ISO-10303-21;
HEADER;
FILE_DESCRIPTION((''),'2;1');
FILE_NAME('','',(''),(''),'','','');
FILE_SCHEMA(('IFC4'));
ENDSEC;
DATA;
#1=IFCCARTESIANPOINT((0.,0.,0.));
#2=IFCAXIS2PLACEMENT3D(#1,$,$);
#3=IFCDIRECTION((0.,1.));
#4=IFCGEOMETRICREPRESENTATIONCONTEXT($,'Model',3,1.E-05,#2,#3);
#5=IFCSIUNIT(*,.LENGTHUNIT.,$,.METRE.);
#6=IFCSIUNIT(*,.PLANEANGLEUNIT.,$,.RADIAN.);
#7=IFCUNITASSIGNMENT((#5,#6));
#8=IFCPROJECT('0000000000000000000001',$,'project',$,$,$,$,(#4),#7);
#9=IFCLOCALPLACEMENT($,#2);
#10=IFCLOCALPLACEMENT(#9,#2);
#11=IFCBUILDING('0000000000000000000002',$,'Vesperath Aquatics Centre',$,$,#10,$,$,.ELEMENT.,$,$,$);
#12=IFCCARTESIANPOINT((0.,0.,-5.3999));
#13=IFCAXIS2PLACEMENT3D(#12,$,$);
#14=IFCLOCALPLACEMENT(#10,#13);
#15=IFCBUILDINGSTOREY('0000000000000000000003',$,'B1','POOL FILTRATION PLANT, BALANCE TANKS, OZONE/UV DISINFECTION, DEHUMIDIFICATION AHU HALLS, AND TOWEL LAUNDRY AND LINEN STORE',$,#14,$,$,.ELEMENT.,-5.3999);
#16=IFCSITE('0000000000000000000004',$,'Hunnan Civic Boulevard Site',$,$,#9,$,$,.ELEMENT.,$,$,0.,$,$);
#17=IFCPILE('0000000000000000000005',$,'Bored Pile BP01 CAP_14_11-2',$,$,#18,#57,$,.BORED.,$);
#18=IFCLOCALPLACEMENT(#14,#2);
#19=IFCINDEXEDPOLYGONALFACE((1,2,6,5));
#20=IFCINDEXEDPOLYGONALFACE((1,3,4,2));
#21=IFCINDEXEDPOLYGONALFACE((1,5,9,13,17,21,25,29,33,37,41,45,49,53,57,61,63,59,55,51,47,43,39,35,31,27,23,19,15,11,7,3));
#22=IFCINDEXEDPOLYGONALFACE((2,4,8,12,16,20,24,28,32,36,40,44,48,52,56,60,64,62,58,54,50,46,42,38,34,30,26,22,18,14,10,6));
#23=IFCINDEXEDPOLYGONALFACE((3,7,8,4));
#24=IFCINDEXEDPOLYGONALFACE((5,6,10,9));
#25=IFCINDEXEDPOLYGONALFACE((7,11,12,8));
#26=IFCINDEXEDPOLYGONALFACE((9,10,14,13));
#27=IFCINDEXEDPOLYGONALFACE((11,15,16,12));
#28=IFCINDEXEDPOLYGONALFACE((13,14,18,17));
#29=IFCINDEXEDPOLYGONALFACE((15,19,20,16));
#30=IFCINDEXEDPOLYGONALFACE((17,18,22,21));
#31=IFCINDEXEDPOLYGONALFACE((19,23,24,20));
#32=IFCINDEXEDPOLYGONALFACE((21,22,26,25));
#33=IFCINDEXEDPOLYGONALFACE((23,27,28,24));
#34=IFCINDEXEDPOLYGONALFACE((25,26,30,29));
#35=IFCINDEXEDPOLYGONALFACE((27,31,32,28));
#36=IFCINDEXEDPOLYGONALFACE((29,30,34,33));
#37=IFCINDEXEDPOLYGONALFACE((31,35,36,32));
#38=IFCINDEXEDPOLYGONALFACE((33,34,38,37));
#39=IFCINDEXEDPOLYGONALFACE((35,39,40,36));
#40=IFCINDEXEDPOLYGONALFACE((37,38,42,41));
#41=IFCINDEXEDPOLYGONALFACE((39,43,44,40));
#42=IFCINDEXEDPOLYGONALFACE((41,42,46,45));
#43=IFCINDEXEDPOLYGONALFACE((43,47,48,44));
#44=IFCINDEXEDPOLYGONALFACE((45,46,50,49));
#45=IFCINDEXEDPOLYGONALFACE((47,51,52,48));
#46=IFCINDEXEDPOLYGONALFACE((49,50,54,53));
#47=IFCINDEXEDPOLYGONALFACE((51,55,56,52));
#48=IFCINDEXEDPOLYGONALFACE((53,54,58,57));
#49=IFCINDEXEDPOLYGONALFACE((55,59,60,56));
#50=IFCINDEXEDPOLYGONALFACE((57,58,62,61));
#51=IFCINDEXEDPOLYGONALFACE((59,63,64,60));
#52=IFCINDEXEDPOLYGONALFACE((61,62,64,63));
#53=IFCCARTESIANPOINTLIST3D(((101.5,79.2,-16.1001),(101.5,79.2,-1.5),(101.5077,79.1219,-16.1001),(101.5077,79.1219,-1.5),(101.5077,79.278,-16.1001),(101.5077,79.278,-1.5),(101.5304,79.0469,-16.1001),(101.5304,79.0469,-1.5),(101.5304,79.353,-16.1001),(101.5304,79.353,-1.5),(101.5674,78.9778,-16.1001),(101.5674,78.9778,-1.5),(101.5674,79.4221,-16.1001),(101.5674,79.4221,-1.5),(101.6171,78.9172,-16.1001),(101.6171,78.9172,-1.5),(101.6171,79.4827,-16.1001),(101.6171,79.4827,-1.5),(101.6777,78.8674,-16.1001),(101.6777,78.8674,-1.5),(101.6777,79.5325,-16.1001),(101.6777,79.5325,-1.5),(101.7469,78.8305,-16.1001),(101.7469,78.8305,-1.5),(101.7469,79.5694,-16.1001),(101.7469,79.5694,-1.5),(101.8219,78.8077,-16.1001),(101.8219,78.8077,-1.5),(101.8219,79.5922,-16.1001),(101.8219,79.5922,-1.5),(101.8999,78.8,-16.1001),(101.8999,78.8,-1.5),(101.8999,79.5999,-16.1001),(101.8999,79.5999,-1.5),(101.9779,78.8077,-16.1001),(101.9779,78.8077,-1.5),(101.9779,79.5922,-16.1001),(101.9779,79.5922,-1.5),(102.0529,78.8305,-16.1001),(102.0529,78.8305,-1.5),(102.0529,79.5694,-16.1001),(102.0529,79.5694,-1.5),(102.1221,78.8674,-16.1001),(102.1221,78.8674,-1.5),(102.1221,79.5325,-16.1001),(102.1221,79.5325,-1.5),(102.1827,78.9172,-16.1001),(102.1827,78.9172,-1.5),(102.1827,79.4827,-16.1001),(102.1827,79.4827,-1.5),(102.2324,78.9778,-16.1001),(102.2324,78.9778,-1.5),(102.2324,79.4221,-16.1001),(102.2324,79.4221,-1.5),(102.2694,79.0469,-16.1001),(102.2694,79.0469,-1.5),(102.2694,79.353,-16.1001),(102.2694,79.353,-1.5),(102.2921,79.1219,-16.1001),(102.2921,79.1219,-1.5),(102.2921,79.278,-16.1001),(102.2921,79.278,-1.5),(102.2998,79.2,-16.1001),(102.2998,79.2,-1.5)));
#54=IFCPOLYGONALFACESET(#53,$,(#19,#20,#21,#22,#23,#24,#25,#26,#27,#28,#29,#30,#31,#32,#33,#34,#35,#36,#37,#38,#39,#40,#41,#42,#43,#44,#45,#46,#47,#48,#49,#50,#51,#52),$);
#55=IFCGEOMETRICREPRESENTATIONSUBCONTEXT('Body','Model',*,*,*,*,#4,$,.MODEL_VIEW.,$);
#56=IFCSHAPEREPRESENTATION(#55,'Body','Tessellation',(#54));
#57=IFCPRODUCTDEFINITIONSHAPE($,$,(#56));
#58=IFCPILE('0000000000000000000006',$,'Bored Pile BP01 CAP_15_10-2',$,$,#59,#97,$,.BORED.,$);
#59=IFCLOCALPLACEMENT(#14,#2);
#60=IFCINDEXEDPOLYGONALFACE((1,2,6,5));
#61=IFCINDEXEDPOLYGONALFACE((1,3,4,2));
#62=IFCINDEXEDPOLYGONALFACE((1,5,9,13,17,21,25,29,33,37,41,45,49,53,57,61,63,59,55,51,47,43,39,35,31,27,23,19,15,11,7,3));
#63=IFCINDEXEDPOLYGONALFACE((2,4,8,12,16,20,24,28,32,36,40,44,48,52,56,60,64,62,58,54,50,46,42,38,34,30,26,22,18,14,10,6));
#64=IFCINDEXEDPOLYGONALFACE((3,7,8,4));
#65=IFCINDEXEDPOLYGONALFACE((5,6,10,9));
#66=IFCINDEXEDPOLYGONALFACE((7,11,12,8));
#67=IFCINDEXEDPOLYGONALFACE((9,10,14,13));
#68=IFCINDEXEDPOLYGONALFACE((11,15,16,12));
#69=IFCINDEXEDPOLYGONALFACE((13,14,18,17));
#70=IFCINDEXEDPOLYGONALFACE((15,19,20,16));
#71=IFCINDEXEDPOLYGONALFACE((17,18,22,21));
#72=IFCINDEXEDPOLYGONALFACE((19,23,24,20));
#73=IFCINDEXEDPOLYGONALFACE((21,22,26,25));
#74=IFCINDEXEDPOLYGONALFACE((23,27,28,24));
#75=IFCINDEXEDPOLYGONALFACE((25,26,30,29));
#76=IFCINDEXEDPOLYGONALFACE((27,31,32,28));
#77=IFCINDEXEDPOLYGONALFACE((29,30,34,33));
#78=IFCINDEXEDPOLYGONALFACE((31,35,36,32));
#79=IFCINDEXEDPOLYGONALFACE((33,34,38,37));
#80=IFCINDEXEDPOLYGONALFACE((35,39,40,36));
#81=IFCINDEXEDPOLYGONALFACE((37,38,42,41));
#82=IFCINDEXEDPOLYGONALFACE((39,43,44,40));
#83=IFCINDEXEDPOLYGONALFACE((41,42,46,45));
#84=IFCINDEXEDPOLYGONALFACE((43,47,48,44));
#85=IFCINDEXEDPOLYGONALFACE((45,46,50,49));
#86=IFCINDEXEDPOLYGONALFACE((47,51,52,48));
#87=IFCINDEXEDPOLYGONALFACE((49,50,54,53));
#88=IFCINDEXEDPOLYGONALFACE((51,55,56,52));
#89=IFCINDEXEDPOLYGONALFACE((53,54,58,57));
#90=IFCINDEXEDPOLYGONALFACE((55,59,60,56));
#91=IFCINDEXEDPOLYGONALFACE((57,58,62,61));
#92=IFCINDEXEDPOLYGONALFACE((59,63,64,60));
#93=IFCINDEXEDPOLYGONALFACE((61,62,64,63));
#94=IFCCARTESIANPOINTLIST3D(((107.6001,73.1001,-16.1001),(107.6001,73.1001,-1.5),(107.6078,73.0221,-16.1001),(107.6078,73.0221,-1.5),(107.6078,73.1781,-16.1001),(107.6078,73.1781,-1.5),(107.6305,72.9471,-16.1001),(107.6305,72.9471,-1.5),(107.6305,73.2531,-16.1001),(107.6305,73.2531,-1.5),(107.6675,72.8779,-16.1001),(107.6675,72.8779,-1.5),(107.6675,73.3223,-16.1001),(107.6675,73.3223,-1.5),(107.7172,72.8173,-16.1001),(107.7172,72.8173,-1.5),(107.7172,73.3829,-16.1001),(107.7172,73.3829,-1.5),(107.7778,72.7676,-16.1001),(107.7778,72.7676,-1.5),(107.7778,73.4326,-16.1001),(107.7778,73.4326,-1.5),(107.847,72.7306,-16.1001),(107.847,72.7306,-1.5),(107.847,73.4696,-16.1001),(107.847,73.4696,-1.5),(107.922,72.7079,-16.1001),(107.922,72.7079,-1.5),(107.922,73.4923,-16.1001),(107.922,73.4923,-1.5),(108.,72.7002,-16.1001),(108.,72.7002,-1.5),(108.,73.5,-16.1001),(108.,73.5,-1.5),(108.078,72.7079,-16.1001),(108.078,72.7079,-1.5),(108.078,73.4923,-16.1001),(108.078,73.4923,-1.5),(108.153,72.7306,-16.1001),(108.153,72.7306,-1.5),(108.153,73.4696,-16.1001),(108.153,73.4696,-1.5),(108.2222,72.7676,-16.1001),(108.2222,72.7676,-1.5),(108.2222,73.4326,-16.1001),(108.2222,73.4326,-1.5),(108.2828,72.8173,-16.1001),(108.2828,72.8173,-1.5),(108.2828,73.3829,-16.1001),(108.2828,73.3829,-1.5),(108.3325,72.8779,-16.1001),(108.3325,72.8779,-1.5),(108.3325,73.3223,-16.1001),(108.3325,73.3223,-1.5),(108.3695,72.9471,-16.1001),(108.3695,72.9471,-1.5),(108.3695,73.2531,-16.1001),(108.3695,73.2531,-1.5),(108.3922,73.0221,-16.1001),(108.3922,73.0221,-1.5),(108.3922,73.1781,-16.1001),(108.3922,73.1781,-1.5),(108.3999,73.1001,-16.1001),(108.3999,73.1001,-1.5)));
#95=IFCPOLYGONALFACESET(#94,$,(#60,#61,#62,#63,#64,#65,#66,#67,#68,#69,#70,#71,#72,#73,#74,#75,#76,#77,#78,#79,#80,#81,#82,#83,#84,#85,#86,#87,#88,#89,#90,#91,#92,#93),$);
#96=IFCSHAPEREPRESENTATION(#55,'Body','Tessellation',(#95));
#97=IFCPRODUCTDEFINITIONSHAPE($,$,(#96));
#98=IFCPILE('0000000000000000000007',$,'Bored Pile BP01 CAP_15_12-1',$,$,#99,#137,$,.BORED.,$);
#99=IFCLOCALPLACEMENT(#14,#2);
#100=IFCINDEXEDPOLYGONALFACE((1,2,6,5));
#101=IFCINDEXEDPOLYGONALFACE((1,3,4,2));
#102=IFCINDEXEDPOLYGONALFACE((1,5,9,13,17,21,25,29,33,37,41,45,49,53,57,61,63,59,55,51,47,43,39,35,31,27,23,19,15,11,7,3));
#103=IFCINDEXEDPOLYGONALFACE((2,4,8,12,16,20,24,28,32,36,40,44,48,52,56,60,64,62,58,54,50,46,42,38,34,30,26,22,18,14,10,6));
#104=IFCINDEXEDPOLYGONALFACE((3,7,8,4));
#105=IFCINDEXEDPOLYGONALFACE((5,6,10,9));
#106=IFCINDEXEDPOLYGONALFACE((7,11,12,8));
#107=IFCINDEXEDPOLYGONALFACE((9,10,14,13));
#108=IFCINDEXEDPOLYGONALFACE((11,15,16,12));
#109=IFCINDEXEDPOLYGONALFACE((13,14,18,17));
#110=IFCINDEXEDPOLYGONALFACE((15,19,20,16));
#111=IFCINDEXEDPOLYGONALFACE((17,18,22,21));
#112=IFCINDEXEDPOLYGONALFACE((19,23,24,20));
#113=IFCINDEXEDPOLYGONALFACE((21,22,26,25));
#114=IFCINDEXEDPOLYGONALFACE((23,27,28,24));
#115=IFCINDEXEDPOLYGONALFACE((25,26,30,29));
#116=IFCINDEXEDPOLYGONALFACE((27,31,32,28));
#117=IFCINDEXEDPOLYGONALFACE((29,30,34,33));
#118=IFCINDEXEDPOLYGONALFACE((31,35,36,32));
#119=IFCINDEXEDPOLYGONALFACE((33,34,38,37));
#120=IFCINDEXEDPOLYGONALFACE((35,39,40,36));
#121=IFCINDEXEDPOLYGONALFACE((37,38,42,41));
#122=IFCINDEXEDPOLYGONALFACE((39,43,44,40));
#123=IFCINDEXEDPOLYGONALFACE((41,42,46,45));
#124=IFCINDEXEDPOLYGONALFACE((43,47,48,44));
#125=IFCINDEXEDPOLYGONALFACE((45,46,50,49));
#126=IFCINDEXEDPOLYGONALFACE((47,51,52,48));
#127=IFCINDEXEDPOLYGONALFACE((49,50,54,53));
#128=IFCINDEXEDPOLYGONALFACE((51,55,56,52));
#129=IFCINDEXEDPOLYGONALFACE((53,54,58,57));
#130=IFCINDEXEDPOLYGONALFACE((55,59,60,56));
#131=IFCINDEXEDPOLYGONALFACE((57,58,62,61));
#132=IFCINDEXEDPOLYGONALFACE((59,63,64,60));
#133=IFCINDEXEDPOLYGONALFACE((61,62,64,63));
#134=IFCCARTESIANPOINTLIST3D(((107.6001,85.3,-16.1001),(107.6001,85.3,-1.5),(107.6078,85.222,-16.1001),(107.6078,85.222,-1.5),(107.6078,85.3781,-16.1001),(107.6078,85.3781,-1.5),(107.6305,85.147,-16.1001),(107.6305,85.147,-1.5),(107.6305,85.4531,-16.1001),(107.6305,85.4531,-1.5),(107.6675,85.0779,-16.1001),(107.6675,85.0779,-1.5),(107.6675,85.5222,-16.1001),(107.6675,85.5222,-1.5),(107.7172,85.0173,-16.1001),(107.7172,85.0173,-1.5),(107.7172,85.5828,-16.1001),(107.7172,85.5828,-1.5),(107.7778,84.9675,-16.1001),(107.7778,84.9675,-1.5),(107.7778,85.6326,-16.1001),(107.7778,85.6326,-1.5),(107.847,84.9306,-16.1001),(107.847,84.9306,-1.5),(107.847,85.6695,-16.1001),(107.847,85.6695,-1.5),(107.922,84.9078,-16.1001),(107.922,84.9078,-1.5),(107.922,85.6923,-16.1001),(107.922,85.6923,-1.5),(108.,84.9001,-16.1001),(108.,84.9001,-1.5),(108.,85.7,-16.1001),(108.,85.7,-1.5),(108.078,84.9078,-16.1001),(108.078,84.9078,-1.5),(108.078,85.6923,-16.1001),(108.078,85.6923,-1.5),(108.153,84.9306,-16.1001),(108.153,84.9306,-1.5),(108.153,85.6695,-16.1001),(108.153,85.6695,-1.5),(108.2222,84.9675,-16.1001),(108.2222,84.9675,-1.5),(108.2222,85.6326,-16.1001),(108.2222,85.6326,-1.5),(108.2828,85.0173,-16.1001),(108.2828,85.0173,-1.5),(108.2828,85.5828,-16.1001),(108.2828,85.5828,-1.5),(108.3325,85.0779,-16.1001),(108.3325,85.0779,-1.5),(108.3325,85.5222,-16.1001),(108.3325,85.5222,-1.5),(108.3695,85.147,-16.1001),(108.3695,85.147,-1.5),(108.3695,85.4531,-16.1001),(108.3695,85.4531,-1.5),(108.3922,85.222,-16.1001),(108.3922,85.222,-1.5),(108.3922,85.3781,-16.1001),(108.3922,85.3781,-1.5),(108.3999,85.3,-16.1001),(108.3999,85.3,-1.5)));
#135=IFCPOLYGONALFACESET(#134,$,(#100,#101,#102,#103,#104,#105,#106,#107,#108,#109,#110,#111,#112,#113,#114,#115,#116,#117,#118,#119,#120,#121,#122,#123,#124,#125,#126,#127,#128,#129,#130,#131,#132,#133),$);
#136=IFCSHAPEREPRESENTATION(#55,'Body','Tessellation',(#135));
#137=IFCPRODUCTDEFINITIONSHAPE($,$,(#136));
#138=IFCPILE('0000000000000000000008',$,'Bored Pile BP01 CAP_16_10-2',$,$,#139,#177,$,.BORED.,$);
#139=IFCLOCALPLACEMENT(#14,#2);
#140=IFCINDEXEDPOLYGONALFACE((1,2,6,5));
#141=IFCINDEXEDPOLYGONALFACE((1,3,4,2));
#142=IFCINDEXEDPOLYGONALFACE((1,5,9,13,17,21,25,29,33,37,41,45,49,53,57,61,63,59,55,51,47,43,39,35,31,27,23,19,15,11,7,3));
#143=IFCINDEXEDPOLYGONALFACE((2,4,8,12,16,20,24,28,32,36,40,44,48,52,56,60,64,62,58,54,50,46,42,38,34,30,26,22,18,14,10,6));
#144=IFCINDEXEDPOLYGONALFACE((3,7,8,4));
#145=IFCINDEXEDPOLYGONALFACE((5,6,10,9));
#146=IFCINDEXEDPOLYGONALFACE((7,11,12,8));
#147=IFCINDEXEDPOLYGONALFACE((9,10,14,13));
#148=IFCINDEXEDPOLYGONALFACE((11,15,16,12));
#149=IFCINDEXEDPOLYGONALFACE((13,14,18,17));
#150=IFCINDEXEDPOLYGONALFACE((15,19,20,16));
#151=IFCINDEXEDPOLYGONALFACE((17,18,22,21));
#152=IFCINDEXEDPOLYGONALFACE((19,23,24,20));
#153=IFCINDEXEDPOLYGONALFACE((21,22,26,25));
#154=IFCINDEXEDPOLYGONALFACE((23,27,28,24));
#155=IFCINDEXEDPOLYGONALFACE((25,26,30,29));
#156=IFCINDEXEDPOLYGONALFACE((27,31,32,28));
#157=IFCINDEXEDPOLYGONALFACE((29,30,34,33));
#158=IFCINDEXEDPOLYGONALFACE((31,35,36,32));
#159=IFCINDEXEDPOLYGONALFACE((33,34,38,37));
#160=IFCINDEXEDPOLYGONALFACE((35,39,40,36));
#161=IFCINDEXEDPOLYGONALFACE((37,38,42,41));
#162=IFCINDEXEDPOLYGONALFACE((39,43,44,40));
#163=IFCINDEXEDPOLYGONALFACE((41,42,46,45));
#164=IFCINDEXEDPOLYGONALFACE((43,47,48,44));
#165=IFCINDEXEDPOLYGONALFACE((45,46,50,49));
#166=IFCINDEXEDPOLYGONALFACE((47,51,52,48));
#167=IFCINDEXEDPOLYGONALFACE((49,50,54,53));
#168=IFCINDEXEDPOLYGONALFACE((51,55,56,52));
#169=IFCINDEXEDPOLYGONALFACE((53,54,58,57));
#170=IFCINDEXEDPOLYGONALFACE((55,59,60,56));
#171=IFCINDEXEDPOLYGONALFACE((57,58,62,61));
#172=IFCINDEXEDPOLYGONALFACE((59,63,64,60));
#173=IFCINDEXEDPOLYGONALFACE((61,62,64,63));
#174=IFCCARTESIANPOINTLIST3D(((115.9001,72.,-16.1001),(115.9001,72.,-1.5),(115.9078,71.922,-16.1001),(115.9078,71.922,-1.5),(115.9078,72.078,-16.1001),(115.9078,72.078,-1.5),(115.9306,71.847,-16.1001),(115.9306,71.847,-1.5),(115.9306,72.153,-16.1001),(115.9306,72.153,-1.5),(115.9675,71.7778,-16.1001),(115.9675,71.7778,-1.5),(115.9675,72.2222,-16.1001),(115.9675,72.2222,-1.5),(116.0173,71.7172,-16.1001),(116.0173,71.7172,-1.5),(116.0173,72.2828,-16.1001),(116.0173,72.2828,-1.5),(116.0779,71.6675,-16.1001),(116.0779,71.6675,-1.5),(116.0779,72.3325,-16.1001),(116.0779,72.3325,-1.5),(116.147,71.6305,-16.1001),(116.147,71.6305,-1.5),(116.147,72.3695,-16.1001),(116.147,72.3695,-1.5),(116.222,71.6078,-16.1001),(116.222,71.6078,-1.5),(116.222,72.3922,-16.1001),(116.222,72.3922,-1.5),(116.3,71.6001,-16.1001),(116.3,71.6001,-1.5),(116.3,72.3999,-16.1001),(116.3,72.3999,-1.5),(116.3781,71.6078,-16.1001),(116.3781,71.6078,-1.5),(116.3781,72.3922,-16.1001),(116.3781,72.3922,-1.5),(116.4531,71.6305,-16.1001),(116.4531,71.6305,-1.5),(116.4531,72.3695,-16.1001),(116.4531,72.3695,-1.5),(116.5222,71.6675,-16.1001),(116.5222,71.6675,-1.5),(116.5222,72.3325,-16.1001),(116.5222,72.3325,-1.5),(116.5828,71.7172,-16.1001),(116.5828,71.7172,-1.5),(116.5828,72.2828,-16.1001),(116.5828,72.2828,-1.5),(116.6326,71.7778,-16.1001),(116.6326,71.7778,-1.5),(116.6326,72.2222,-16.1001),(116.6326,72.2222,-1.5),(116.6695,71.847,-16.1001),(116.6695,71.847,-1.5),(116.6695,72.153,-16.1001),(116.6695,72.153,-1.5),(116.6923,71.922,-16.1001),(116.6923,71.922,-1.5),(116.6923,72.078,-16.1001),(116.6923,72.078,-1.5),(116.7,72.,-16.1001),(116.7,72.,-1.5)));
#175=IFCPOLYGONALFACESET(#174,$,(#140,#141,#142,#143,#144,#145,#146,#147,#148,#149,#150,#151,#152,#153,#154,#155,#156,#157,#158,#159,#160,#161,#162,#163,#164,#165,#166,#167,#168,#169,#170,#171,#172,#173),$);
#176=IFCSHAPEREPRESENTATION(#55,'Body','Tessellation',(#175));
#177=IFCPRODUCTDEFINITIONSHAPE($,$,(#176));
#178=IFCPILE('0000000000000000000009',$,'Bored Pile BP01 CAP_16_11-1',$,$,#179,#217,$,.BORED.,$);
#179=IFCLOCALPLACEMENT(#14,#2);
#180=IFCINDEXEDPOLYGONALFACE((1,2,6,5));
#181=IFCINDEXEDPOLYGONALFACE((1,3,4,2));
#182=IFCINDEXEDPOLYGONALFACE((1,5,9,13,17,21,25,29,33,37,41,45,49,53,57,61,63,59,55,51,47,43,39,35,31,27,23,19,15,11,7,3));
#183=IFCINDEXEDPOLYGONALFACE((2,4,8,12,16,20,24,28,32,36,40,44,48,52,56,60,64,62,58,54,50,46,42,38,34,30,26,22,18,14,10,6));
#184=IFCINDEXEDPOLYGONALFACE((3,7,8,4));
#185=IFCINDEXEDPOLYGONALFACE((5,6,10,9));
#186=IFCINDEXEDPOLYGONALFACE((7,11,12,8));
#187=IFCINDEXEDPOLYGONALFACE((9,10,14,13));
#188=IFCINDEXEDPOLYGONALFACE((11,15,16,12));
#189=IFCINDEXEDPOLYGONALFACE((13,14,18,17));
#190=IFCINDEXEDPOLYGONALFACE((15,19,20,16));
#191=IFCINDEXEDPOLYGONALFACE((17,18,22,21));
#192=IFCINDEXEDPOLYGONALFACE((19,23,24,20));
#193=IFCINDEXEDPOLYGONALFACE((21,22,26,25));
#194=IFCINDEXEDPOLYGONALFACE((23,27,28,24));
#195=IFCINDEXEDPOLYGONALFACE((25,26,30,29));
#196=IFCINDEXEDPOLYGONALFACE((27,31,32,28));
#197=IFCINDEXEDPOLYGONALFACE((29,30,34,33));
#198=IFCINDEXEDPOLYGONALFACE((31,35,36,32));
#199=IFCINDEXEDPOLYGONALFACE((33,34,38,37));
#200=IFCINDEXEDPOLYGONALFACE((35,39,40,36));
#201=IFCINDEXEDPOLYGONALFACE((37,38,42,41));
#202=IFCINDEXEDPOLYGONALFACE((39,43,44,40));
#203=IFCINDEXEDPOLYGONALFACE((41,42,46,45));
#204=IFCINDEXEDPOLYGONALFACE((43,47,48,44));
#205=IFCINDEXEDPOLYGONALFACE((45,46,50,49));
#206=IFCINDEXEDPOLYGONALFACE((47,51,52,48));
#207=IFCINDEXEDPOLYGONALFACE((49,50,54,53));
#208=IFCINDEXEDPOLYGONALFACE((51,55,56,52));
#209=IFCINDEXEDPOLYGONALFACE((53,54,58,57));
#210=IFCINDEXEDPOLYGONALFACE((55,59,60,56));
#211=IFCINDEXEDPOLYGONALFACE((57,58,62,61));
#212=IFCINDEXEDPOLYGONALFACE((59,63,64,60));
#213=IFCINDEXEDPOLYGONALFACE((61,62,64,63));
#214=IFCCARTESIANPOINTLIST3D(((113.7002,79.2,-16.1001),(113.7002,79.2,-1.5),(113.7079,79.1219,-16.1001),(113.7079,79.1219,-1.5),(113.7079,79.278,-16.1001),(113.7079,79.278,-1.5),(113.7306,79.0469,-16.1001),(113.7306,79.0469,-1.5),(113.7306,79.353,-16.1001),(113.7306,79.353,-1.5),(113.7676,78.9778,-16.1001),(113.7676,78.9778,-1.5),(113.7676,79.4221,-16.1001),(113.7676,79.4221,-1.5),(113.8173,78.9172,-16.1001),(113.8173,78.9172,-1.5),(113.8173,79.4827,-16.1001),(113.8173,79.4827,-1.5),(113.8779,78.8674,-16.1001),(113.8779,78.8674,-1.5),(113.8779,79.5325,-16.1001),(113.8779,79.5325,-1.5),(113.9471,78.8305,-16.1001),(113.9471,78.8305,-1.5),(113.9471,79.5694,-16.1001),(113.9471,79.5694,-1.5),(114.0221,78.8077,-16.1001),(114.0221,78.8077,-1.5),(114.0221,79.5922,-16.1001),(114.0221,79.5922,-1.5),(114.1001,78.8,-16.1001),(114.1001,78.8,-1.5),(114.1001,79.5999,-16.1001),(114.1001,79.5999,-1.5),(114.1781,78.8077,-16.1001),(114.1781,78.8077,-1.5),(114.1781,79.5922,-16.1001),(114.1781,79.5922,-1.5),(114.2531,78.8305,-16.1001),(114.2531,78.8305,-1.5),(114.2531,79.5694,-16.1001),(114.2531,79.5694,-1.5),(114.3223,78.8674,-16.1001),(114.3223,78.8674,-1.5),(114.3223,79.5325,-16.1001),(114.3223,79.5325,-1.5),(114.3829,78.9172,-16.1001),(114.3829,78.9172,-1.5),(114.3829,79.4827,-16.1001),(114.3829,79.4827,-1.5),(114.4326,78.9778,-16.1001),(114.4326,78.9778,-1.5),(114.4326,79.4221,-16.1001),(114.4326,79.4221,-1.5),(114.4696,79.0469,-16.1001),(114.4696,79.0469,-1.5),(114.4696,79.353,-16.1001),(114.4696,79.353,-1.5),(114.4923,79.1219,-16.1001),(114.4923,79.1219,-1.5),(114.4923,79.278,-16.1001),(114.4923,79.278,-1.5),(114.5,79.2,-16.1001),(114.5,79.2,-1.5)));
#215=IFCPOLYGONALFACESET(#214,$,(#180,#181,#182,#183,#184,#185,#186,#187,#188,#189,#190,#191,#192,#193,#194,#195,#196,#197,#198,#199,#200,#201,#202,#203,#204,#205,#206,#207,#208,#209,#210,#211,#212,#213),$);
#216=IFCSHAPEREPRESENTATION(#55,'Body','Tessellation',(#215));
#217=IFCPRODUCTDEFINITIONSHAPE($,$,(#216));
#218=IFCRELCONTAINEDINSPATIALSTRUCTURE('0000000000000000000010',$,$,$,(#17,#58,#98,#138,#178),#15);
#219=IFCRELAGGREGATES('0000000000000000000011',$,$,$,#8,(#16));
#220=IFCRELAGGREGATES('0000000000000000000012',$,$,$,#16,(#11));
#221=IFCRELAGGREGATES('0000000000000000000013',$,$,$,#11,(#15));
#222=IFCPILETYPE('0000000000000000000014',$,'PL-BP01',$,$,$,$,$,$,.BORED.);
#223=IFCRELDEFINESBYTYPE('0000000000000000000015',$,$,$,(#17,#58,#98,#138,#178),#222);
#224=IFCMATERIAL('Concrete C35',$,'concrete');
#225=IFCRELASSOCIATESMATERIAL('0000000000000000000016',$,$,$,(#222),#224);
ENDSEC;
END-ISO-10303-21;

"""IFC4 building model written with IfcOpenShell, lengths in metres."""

from ifc_helpers import new_model, si_unit, direction, frame, origin, origin_2d, place, context, subcontext, project, spatial, circle, extrude, material, material_profile, profile_set, type_object, element, save


model = new_model("IFC4")

# Units and contexts
model_context = context("Model", 3, precision=1e-05, world=origin(), true_north=direction((0.0, 1.0)))
body_context = subcontext(model_context, "Body", "Model", "MODEL_VIEW")
ifc_project = project(units=[si_unit("LENGTHUNIT", "METRE"), si_unit("PLANEANGLEUNIT", "RADIAN")], contexts=[model_context])

# Site, building, storey
site_placement = place(None, origin())
site = spatial("IfcSite", under=ifc_project, at=site_placement, Name="Hunnan Civic Boulevard Site", CompositionType="ELEMENT", RefElevation=0.0)
building_placement = place(site_placement, origin())
building = spatial("IfcBuilding", under=site, at=building_placement, Name="Vesperath Aquatics Centre", CompositionType="ELEMENT")
storey_placement = place(building_placement, frame((0.0, 0.0, -5.3999)))
storey = spatial("IfcBuildingStorey", under=building, at=storey_placement, Name="B1", Description="POOL FILTRATION PLANT, BALANCE TANKS, OZONE/UV DISINFECTION, DEHUMIDIFICATION AHU HALLS, AND TOWEL LAUNDRY AND LINEN STORE", CompositionType="ELEMENT", Elevation=-5.3999)

# Piles
ifc_material_1 = material(Name="Concrete C35", Category="concrete")
ifc_material_profile_1 = material_profile(ifc_material_1, circle(Radius=0.3999, at=origin_2d()), Name="PILE D800")
ifc_profile_set_1 = profile_set([ifc_material_profile_1], Name="Concrete C35")
pile_type_1 = type_object("IfcPileType", Name="PL-BP01", PredefinedType="BORED", material=ifc_profile_set_1)
for number, where, z_axis, x_axis, name in (
    (1, (101.8999, 79.2, -1.5), (0.0, 0.0, -1.0), (1.0, 0.0, 0.0), "Bored Pile BP01 CAP_14_11-2"),
    (2, (108.0, 73.1001, -1.5), (0.0, 0.0, -1.0), (1.0, 0.0, 0.0), "Bored Pile BP01 CAP_15_10-2"),
    (3, (108.0, 85.3, -1.5), (0.0, 0.0, -1.0), (1.0, 0.0, 0.0), "Bored Pile BP01 CAP_15_12-1"),
    (4, (116.3, 72.0, -1.5), (0.0, 0.0, -1.0), (1.0, 0.0, 0.0), "Bored Pile BP01 CAP_16_10-2"),
    (5, (114.1001, 79.2, -1.5), (0.0, 0.0, -1.0), (1.0, 0.0, 0.0), "Bored Pile BP01 CAP_16_11-1"),
):
    element("IfcPile", number, at=place(storey_placement, frame(where, z_axis=z_axis, x_axis=x_axis)), inside=storey, type_object=pile_type_1, Name=name, PredefinedType="BORED", context=body_context, shape_type="SweptSolid", body=[
        extrude(circle(Radius=0.3999, at=origin_2d()), origin(), (0.0, 0.0, 1.0), 14.6001),
    ])

save(model, "model.ifc")
